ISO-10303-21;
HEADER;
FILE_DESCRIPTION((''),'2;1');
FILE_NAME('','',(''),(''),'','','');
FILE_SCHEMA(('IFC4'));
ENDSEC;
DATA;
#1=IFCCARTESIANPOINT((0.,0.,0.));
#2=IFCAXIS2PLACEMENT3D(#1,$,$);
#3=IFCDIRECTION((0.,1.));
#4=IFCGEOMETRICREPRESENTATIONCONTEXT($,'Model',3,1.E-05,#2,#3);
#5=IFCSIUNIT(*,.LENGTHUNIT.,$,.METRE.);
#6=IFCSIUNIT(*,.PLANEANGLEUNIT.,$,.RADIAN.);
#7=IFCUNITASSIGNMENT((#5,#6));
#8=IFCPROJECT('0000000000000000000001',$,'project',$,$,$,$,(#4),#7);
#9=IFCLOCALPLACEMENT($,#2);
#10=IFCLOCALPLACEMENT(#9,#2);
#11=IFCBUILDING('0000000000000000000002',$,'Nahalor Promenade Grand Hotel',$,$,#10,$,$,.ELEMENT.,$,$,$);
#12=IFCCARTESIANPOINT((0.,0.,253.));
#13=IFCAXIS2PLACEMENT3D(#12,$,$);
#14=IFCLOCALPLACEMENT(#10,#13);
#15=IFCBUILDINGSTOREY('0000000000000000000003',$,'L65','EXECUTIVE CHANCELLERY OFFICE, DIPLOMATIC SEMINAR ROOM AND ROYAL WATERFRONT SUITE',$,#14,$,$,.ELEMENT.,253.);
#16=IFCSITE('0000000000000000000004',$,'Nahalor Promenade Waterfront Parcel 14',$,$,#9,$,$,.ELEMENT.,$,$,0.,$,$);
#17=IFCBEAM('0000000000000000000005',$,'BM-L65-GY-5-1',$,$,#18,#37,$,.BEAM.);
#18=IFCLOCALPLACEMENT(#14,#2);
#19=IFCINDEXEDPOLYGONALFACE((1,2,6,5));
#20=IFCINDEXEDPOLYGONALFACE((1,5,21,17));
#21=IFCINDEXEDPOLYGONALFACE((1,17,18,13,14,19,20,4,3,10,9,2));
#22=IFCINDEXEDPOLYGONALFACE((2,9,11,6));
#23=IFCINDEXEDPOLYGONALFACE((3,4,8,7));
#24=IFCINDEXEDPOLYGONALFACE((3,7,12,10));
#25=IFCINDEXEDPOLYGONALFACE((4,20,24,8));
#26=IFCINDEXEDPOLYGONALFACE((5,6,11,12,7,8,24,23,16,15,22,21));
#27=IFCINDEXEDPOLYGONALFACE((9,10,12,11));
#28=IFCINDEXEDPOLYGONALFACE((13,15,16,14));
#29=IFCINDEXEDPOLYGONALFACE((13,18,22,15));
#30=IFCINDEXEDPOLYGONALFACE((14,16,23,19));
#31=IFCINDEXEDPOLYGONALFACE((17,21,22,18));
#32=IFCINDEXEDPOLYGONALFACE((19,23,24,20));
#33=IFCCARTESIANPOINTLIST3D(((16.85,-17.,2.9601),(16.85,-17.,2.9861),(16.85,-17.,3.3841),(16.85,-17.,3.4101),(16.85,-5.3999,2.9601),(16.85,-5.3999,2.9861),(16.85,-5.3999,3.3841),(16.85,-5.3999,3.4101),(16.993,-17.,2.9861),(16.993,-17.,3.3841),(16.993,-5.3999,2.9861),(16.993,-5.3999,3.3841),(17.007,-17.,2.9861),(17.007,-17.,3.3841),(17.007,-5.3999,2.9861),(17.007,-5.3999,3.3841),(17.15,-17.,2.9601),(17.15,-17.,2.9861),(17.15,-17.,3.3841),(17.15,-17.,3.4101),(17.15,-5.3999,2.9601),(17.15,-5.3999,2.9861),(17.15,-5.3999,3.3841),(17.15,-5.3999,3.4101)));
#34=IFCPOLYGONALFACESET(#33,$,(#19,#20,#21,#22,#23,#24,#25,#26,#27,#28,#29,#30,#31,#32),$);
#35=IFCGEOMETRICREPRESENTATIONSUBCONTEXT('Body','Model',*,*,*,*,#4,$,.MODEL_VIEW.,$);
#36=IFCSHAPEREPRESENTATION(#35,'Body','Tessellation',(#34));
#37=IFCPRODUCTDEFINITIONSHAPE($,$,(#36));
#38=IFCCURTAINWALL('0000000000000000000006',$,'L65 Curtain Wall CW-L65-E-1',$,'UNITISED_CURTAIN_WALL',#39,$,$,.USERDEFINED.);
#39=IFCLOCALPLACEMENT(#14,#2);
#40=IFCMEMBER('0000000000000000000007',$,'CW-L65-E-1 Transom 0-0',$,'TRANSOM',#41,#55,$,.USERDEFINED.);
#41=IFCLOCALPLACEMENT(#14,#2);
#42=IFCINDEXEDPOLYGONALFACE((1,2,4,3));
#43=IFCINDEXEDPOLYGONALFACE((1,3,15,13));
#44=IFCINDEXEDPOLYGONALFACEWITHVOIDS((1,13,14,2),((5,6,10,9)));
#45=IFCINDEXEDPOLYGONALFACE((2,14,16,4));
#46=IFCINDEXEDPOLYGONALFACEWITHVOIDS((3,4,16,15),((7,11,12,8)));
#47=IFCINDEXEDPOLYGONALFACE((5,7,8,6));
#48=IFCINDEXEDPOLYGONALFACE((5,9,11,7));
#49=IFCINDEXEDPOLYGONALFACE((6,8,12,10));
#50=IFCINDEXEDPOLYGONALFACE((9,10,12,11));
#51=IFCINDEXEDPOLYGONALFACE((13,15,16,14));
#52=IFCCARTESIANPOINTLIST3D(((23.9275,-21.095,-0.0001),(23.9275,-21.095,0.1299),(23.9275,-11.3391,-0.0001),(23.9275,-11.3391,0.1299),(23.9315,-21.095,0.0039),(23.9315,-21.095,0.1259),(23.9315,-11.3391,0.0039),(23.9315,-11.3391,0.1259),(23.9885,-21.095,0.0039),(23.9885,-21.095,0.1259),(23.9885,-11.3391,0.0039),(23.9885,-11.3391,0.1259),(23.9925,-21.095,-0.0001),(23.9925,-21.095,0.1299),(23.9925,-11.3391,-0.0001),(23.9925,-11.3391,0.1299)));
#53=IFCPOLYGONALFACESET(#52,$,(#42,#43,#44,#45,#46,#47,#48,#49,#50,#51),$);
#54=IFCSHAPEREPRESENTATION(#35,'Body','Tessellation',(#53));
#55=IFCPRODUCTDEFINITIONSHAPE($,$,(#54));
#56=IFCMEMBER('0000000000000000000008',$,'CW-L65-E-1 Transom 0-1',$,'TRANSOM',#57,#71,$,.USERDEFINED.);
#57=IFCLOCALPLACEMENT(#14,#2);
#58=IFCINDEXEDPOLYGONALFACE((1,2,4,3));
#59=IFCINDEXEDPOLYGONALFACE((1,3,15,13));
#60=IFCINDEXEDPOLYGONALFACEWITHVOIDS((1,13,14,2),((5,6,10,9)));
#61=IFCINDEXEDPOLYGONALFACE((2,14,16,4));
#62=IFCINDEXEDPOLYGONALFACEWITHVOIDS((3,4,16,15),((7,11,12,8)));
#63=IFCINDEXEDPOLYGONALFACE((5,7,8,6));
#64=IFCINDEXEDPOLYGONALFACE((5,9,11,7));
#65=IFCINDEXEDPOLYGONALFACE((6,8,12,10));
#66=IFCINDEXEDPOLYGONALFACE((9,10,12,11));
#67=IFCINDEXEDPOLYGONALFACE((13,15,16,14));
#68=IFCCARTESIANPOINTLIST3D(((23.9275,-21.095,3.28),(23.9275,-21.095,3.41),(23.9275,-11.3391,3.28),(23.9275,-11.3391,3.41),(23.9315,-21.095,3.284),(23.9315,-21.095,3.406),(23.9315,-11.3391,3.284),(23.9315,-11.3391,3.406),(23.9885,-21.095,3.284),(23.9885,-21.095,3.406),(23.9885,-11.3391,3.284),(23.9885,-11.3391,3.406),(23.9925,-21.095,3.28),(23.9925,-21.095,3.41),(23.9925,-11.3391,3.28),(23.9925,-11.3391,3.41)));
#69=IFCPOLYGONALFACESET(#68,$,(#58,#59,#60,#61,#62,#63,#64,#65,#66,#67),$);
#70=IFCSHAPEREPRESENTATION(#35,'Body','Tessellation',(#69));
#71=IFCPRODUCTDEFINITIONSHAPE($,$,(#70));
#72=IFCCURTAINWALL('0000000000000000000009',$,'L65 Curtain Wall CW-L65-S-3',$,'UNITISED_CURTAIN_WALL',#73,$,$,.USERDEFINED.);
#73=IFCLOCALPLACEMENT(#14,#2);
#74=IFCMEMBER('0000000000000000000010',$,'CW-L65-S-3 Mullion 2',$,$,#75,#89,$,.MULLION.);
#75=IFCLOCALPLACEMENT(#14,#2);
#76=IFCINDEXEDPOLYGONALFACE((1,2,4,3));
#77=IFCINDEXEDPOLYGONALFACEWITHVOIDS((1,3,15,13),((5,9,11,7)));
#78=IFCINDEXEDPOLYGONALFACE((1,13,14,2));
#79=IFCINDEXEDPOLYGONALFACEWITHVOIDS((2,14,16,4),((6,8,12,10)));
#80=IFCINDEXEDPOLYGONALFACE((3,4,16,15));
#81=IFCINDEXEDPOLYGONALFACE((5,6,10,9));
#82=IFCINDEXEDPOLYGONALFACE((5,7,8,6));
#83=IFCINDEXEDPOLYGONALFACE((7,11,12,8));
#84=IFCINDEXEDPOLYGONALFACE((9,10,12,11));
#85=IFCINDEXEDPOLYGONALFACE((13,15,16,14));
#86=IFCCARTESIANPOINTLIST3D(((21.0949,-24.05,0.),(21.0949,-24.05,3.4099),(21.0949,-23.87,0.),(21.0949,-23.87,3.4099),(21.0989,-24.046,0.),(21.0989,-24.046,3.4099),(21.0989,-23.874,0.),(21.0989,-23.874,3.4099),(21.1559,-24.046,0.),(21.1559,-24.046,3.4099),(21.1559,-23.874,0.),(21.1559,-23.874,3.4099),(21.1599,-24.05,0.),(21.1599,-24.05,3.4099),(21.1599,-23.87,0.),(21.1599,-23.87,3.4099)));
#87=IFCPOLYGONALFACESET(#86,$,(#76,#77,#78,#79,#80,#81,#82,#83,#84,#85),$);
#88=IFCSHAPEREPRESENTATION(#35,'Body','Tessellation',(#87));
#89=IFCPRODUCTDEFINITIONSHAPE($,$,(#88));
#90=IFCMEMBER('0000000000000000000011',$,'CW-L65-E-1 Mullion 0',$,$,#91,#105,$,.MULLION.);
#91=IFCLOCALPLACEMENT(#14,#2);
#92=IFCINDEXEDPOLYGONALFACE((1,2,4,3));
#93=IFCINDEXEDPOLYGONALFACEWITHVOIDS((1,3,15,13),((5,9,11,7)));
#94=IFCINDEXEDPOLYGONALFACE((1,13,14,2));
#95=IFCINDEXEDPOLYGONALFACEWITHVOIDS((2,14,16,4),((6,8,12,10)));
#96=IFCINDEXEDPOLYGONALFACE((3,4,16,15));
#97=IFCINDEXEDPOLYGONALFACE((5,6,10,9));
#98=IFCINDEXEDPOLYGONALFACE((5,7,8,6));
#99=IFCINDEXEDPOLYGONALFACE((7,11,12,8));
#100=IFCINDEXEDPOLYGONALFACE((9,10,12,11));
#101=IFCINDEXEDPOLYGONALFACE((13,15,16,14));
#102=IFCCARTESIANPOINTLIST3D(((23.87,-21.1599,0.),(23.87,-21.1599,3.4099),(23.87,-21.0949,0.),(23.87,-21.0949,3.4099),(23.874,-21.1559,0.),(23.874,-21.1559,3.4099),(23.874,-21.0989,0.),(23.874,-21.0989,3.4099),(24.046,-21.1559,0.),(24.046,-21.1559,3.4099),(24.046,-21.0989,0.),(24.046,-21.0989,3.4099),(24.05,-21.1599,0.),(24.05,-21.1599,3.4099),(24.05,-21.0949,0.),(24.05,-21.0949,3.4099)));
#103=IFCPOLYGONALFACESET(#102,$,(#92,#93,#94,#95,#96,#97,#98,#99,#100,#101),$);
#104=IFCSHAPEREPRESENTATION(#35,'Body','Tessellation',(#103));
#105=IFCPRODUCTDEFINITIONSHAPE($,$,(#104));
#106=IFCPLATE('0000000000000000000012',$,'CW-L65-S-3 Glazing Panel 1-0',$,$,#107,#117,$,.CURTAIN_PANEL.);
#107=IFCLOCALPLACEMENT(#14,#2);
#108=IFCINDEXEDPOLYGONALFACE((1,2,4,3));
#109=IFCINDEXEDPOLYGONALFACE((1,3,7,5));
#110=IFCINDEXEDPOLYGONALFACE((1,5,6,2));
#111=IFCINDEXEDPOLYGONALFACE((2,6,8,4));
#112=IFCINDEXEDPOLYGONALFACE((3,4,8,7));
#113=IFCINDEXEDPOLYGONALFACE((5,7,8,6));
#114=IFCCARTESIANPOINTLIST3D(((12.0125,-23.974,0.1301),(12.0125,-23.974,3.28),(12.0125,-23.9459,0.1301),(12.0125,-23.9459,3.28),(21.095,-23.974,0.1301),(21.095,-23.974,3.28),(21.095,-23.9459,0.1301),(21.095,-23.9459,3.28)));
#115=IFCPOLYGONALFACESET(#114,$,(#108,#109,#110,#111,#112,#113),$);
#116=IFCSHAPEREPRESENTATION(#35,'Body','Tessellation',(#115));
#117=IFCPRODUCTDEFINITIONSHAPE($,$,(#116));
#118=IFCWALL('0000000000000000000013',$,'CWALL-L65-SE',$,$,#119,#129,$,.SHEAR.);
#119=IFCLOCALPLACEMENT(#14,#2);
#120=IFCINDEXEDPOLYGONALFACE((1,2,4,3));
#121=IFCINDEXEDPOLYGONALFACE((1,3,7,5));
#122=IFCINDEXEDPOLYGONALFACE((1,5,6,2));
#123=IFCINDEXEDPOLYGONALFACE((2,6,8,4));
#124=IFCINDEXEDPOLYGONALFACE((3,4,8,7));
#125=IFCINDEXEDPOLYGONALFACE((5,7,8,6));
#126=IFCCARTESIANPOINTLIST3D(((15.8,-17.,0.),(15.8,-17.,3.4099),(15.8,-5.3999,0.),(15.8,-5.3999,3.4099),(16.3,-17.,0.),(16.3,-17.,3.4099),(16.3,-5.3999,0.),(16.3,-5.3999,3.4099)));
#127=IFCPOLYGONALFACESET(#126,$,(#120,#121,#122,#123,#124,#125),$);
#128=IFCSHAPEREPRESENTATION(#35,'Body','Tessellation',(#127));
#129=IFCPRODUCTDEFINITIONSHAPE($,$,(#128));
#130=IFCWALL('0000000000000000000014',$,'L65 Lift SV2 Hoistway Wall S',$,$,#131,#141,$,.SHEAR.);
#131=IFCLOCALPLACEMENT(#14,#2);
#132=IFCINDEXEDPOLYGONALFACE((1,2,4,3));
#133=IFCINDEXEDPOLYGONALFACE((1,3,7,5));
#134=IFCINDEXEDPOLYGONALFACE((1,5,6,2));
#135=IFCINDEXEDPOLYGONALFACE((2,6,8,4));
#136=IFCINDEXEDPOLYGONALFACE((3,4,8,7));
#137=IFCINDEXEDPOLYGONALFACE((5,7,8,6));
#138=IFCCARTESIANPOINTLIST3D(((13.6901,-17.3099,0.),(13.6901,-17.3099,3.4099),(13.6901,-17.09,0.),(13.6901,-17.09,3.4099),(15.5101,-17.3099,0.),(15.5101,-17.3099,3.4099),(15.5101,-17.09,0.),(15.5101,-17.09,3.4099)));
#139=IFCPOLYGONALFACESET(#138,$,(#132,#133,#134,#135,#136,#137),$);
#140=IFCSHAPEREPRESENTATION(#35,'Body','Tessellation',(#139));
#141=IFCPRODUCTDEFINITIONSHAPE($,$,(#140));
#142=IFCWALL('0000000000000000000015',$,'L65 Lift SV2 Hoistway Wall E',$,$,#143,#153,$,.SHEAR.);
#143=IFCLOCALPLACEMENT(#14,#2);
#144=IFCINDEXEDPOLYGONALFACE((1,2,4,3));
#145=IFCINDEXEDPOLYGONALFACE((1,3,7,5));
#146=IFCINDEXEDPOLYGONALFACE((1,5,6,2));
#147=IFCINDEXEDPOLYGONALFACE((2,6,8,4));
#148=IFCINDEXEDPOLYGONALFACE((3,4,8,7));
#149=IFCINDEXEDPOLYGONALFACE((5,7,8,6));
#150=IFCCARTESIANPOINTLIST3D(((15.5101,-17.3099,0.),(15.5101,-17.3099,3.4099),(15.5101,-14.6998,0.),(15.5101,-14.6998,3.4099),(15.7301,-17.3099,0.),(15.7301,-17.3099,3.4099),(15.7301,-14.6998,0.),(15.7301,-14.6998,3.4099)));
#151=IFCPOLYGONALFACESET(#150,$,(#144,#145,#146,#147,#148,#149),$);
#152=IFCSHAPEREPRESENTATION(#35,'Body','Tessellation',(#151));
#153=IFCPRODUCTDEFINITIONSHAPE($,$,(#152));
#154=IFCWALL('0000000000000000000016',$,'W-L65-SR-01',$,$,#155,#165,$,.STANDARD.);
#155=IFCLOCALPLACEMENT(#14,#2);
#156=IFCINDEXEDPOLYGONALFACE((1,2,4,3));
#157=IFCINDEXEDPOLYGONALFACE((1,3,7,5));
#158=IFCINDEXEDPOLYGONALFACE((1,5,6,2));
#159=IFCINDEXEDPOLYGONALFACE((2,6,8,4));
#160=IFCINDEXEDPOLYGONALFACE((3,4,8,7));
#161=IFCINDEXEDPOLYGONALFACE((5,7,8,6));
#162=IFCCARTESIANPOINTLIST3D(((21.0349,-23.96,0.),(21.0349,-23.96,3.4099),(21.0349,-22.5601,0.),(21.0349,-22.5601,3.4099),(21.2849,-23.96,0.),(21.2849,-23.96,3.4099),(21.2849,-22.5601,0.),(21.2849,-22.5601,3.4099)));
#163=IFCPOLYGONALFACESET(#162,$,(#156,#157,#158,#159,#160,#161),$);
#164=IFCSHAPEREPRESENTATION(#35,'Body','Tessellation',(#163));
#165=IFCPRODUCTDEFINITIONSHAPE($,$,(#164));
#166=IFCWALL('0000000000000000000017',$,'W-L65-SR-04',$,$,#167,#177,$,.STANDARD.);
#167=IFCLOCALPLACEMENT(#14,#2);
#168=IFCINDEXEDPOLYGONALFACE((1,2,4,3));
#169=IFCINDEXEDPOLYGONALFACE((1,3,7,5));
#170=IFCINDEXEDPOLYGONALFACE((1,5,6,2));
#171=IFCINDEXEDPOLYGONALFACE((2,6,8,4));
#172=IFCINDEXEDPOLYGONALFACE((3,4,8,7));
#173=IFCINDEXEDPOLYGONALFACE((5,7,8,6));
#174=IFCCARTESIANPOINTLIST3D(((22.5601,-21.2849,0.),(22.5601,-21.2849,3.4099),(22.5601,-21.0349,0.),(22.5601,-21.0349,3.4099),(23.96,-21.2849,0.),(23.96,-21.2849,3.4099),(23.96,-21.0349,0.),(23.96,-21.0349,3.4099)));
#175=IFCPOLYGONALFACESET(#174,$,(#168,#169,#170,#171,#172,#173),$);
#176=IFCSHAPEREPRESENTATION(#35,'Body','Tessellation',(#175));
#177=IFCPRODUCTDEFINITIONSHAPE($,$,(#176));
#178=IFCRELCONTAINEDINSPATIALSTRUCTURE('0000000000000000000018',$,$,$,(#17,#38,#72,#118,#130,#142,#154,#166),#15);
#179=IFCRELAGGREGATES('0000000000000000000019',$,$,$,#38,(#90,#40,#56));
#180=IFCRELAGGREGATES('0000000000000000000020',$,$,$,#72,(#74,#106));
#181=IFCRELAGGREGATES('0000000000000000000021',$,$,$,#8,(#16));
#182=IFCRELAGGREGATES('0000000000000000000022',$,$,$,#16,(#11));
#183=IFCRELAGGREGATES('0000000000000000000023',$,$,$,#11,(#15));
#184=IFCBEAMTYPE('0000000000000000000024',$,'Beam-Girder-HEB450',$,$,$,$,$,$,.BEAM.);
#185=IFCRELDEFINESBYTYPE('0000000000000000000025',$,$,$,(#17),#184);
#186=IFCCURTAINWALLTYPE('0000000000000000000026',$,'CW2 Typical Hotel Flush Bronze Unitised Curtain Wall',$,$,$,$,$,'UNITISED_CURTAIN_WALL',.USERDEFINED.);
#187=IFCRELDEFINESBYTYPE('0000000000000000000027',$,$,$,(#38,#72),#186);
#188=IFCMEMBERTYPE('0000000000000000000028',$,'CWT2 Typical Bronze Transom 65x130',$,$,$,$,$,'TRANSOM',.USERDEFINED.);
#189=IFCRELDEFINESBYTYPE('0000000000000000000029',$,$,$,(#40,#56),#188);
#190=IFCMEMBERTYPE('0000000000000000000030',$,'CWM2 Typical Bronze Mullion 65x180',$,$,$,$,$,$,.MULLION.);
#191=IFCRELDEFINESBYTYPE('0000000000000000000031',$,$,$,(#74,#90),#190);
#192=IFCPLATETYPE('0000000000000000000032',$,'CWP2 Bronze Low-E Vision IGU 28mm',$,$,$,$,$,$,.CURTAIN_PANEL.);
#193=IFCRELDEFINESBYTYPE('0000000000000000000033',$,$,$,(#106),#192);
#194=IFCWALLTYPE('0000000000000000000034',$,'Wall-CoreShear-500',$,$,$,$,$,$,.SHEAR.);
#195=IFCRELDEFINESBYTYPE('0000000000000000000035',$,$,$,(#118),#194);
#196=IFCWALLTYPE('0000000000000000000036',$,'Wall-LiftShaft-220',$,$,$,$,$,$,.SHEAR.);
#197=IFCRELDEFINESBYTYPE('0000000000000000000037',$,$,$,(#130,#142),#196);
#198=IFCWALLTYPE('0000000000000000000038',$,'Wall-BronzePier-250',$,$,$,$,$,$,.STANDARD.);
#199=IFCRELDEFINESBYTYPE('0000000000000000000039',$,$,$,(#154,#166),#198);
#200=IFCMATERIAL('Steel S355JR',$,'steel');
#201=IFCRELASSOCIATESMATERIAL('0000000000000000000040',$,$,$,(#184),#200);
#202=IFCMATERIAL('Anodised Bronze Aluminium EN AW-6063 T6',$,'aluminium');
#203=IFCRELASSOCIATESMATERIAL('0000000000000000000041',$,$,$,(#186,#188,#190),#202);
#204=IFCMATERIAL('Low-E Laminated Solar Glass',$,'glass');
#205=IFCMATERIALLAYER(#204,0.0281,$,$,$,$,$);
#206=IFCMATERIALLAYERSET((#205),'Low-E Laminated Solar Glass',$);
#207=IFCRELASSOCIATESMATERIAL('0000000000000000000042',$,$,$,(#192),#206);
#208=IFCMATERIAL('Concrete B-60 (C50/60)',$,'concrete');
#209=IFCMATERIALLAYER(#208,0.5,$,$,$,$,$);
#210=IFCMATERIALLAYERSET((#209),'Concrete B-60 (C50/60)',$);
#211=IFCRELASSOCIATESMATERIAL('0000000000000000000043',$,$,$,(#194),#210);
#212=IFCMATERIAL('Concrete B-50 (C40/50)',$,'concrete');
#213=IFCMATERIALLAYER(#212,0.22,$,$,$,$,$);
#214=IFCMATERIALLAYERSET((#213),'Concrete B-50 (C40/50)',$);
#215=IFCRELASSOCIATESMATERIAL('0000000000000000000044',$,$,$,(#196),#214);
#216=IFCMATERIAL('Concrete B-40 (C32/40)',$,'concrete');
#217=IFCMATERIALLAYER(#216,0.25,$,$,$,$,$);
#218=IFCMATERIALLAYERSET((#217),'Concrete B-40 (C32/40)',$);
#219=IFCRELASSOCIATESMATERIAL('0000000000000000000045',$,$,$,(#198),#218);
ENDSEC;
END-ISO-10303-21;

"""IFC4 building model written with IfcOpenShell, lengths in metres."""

from ifc_helpers import new_model, si_unit, direction, frame, frame_2d, origin, origin_2d, place, context, subcontext, project, spatial, rectangle, hollow_rectangle, i_section, extrude, source, transform, mapped, material, layer, layer_set, material_profile, profile_set, type_object, element, aggregate, save


model = new_model("IFC4")

# Units and contexts
model_context = context("Model", 3, precision=1e-05, world=origin(), true_north=direction((0.0, 1.0)))
body_context = subcontext(model_context, "Body", "Model", "MODEL_VIEW")
ifc_project = project(units=[si_unit("LENGTHUNIT", "METRE"), si_unit("PLANEANGLEUNIT", "RADIAN")], contexts=[model_context])

# Site, building, storey
site_placement = place(None, origin())
site = spatial("IfcSite", under=ifc_project, at=site_placement, Name="Nahalor Promenade Waterfront Parcel 14", CompositionType="ELEMENT", RefElevation=0.0)
building_placement = place(site_placement, origin())
building = spatial("IfcBuilding", under=site, at=building_placement, Name="Nahalor Promenade Grand Hotel", CompositionType="ELEMENT")
storey_placement = place(building_placement, frame((0.0, 0.0, 253.0)))
storey = spatial("IfcBuildingStorey", under=building, at=storey_placement, Name="L65", Description="EXECUTIVE CHANCELLERY OFFICE, DIPLOMATIC SEMINAR ROOM AND ROYAL WATERFRONT SUITE", CompositionType="ELEMENT", Elevation=253.0)

# Shared definitions
ifc_material_1 = material(Name="Concrete B-60 (C50/60)", Category="concrete")
ifc_material_2 = material(Name="Steel S355JR", Category="steel")

# Beam
ifc_material_profile_1 = material_profile(ifc_material_2, i_section(OverallWidth=0.3, OverallDepth=0.45, WebThickness=0.014, FlangeThickness=0.026, at=origin_2d()), Name="HEB 450")
ifc_profile_set_1 = profile_set([ifc_material_profile_1], Name="Steel S355JR")
beam_type_1 = type_object("IfcBeamType", Name="Beam-Girder-HEB450", PredefinedType="BEAM", material=ifc_profile_set_1)
shared_shape_1 = source(origin(), body_context, "Body", "SweptSolid", [
    extrude(i_section(OverallWidth=0.3, OverallDepth=0.45, WebThickness=0.014, FlangeThickness=0.026, at=origin_2d()), origin(), (0.0, 0.0, 1.0), 11.6001),
])
beam_1_placement = place(storey_placement, frame((17.0, -17.0, 3.1851), z_axis=(0.0, 1.0, 0.0), x_axis=(-1.0, 0.0, 0.0)))
element("IfcBeam", 1, at=beam_1_placement, inside=storey, type_object=beam_type_1, Name="BM-L65-GY-5-1", PredefinedType="BEAM", context=body_context, shape_type="MappedRepresentation", body=[
    mapped(shared_shape_1, transform((0.0, 0.0, 0.0), scale=1.0)),
])

# Curtain wall, members
ifc_material_3 = material(Name="Anodised Bronze Aluminium EN AW-6063 T6", Category="aluminium")
curtain_wall_type = type_object("IfcCurtainWallType", Name="CW2 Typical Hotel Flush Bronze Unitised Curtain Wall", ElementType="UNITISED_CURTAIN_WALL", PredefinedType="USERDEFINED", material=ifc_material_3)
curtain_wall_1_placement = place(storey_placement, origin())
curtain_wall_1 = element("IfcCurtainWall", 2, at=curtain_wall_1_placement, inside=storey, type_object=curtain_wall_type, Name="L65 Curtain Wall CW-L65-E-1", ObjectType="UNITISED_CURTAIN_WALL", PredefinedType="USERDEFINED")
ifc_material_profile_2 = material_profile(ifc_material_3, hollow_rectangle(XDim=0.065, YDim=0.13, WallThickness=0.004, at=origin_2d()), Name="CWT 65x130x4")
ifc_profile_set_2 = profile_set([ifc_material_profile_2], Name="Anodised Bronze Aluminium EN AW-6063 T6")
member_type_1 = type_object("IfcMemberType", Name="CWT2 Typical Bronze Transom 65x130", ElementType="TRANSOM", PredefinedType="USERDEFINED", material=ifc_profile_set_2)
shared_shape_2 = source(origin(), body_context, "Body", "SweptSolid", [
    extrude(hollow_rectangle(XDim=0.065, YDim=0.13, WallThickness=0.004, at=origin_2d()), origin(), (0.0, 0.0, 1.0), 9.7559),
])
member_1_placement = place(storey_placement, frame((23.96, -21.095, 0.0649), z_axis=(0.0, 1.0, 0.0), x_axis=(-1.0, 0.0, 0.0)))
member_1 = element("IfcMember", 3, at=member_1_placement, type_object=member_type_1, Name="CW-L65-E-1 Transom 0-0", ObjectType="TRANSOM", PredefinedType="USERDEFINED", context=body_context, shape_type="MappedRepresentation", body=[
    mapped(shared_shape_2, transform((0.0, 0.0, 0.0), scale=1.0)),
])
member_2_placement = place(storey_placement, frame((23.96, -21.095, 3.345), z_axis=(0.0, 1.0, 0.0), x_axis=(-1.0, 0.0, 0.0)))
member_2 = element("IfcMember", 4, at=member_2_placement, type_object=member_type_1, Name="CW-L65-E-1 Transom 0-1", ObjectType="TRANSOM", PredefinedType="USERDEFINED", context=body_context, shape_type="MappedRepresentation", body=[
    mapped(shared_shape_2, transform((0.0, 0.0, 0.0), scale=1.0)),
])

# Curtain wall, member
curtain_wall_2_placement = place(storey_placement, origin())
curtain_wall_2 = element("IfcCurtainWall", 5, at=curtain_wall_2_placement, inside=storey, type_object=curtain_wall_type, Name="L65 Curtain Wall CW-L65-S-3", ObjectType="UNITISED_CURTAIN_WALL", PredefinedType="USERDEFINED")
ifc_material_profile_3 = material_profile(ifc_material_3, hollow_rectangle(XDim=0.065, YDim=0.18, WallThickness=0.004, at=origin_2d()), Name="CWM 65x180x4")
ifc_profile_set_3 = profile_set([ifc_material_profile_3], Name="Anodised Bronze Aluminium EN AW-6063 T6")
member_type_2 = type_object("IfcMemberType", Name="CWM2 Typical Bronze Mullion 65x180", PredefinedType="MULLION", material=ifc_profile_set_3)
shared_shape_3 = source(origin(), body_context, "Body", "SweptSolid", [
    extrude(hollow_rectangle(XDim=0.065, YDim=0.18, WallThickness=0.004, at=origin_2d()), origin(), (0.0, 0.0, 1.0), 3.4099),
])
member_3_placement = place(storey_placement, frame((21.1274, -23.96, 0.0), z_axis=(0.0, 0.0, 1.0), x_axis=(1.0, 0.0, 0.0)))
member_3 = element("IfcMember", 6, at=member_3_placement, type_object=member_type_2, Name="CW-L65-S-3 Mullion 2", PredefinedType="MULLION", context=body_context, shape_type="MappedRepresentation", body=[
    mapped(shared_shape_3, transform((0.0, 0.0, 0.0), scale=1.0)),
])

# Member
member_4_placement = place(storey_placement, frame((23.96, -21.1274, 0.0), z_axis=(0.0, 0.0, 1.0), x_axis=(0.0, 1.0, 0.0)))
member_4 = element("IfcMember", 7, at=member_4_placement, type_object=member_type_2, Name="CW-L65-E-1 Mullion 0", PredefinedType="MULLION", context=body_context, shape_type="MappedRepresentation", body=[
    mapped(shared_shape_3, transform((0.0, 0.0, 0.0), scale=1.0)),
])
aggregate(curtain_wall_1, [member_4, member_1, member_2])

# Plate
ifc_material_4 = material(Name="Low-E Laminated Solar Glass", Category="glass")
ifc_layer_1 = layer(ifc_material_4, 0.0281)
ifc_layer_set_1 = layer_set([ifc_layer_1], Name="Low-E Laminated Solar Glass")
plate_type = type_object("IfcPlateType", Name="CWP2 Bronze Low-E Vision IGU 28mm", PredefinedType="CURTAIN_PANEL", material=ifc_layer_set_1)
shared_shape_4 = source(origin(), body_context, "Body", "SweptSolid", [
    extrude(rectangle(XDim=9.0825, YDim=0.0281, at=origin_2d()), origin(), (0.0, 0.0, 1.0), 3.1499),
])
plate_placement = place(storey_placement, frame((16.5537, -23.96, 0.1301), z_axis=(0.0, 0.0, 1.0), x_axis=(1.0, 0.0, 0.0)))
plate = element("IfcPlate", 8, at=plate_placement, type_object=plate_type, Name="CW-L65-S-3 Glazing Panel 1-0", PredefinedType="CURTAIN_PANEL", context=body_context, shape_type="MappedRepresentation", body=[
    mapped(shared_shape_4, transform((0.0, 0.0, 0.0), scale=1.0)),
])
aggregate(curtain_wall_2, [member_3, plate])

# Walls
ifc_layer_2 = layer(ifc_material_1, 0.5)
ifc_layer_set_2 = layer_set([ifc_layer_2], Name="Concrete B-60 (C50/60)")
wall_type_1 = type_object("IfcWallType", Name="Wall-CoreShear-500", PredefinedType="SHEAR", material=ifc_layer_set_2)
shared_shape_5 = source(origin(), body_context, "Body", "SweptSolid", [
    extrude(rectangle(XDim=11.6001, YDim=0.5, at=frame_2d((5.8, 0.0))), origin(), (0.0, 0.0, 1.0), 3.4099),
])
wall_1_placement = place(storey_placement, frame((16.05, -17.0, 0.0), z_axis=(0.0, 0.0, 1.0), x_axis=(0.0, 1.0, 0.0)))
element("IfcWall", 9, at=wall_1_placement, inside=storey, type_object=wall_type_1, Name="CWALL-L65-SE", PredefinedType="SHEAR", context=body_context, shape_type="MappedRepresentation", body=[
    mapped(shared_shape_5, transform((0.0, 0.0, 0.0), scale=1.0)),
])
ifc_material_5 = material(Name="Concrete B-50 (C40/50)", Category="concrete")
ifc_layer_3 = layer(ifc_material_5, 0.22)
ifc_layer_set_3 = layer_set([ifc_layer_3], Name="Concrete B-50 (C40/50)")
wall_type_2 = type_object("IfcWallType", Name="Wall-LiftShaft-220", PredefinedType="SHEAR", material=ifc_layer_set_3)
shared_shape_6 = source(origin(), body_context, "Body", "SweptSolid", [
    extrude(rectangle(XDim=1.8201, YDim=0.22, at=frame_2d((0.9102, 0.0))), origin(), (0.0, 0.0, 1.0), 3.4099),
])
wall_2_placement = place(storey_placement, frame((13.6899, -17.2, 0.0), z_axis=(0.0, 0.0, 1.0), x_axis=(1.0, 0.0, 0.0)))
element("IfcWall", 10, at=wall_2_placement, inside=storey, type_object=wall_type_2, Name="L65 Lift SV2 Hoistway Wall S", PredefinedType="SHEAR", context=body_context, shape_type="MappedRepresentation", body=[
    mapped(shared_shape_6, transform((0.0, 0.0, 0.0), scale=1.0)),
])
shared_shape_7 = source(origin(), body_context, "Body", "SweptSolid", [
    extrude(rectangle(XDim=2.6101, YDim=0.22, at=frame_2d((1.3052, 0.0))), origin(), (0.0, 0.0, 1.0), 3.4099),
])
wall_3_placement = place(storey_placement, frame((15.6201, -17.3101, 0.0), z_axis=(0.0, 0.0, 1.0), x_axis=(0.0, 1.0, 0.0)))
element("IfcWall", 11, at=wall_3_placement, inside=storey, type_object=wall_type_2, Name="L65 Lift SV2 Hoistway Wall E", PredefinedType="SHEAR", context=body_context, shape_type="MappedRepresentation", body=[
    mapped(shared_shape_7, transform((0.0, 0.0, 0.0), scale=1.0)),
])
ifc_material_6 = material(Name="Concrete B-40 (C32/40)", Category="concrete")
ifc_layer_4 = layer(ifc_material_6, 0.25)
ifc_layer_set_4 = layer_set([ifc_layer_4], Name="Concrete B-40 (C32/40)")
wall_type_3 = type_object("IfcWallType", Name="Wall-BronzePier-250", PredefinedType="STANDARD", material=ifc_layer_set_4)
shared_shape_8 = source(origin(), body_context, "Body", "SweptSolid", [
    extrude(rectangle(XDim=1.3999, YDim=0.25, at=frame_2d((0.7, 0.0))), origin(), (0.0, 0.0, 1.0), 3.4099),
])
for number, where, z_axis, x_axis, name in (
    (12, (21.1599, -23.96, 0.0), (0.0, 0.0, 1.0), (0.0, 1.0, 0.0), "W-L65-SR-01"),
    (13, (22.5601, -21.1599, 0.0), (0.0, 0.0, 1.0), (1.0, 0.0, 0.0), "W-L65-SR-04"),
):
    element("IfcWall", number, at=place(storey_placement, frame(where, z_axis=z_axis, x_axis=x_axis)), inside=storey, type_object=wall_type_3, Name=name, PredefinedType="STANDARD", context=body_context, shape_type="MappedRepresentation", body=[
        mapped(shared_shape_8, transform((0.0, 0.0, 0.0), scale=1.0)),
    ])

save(model, "model.ifc")
